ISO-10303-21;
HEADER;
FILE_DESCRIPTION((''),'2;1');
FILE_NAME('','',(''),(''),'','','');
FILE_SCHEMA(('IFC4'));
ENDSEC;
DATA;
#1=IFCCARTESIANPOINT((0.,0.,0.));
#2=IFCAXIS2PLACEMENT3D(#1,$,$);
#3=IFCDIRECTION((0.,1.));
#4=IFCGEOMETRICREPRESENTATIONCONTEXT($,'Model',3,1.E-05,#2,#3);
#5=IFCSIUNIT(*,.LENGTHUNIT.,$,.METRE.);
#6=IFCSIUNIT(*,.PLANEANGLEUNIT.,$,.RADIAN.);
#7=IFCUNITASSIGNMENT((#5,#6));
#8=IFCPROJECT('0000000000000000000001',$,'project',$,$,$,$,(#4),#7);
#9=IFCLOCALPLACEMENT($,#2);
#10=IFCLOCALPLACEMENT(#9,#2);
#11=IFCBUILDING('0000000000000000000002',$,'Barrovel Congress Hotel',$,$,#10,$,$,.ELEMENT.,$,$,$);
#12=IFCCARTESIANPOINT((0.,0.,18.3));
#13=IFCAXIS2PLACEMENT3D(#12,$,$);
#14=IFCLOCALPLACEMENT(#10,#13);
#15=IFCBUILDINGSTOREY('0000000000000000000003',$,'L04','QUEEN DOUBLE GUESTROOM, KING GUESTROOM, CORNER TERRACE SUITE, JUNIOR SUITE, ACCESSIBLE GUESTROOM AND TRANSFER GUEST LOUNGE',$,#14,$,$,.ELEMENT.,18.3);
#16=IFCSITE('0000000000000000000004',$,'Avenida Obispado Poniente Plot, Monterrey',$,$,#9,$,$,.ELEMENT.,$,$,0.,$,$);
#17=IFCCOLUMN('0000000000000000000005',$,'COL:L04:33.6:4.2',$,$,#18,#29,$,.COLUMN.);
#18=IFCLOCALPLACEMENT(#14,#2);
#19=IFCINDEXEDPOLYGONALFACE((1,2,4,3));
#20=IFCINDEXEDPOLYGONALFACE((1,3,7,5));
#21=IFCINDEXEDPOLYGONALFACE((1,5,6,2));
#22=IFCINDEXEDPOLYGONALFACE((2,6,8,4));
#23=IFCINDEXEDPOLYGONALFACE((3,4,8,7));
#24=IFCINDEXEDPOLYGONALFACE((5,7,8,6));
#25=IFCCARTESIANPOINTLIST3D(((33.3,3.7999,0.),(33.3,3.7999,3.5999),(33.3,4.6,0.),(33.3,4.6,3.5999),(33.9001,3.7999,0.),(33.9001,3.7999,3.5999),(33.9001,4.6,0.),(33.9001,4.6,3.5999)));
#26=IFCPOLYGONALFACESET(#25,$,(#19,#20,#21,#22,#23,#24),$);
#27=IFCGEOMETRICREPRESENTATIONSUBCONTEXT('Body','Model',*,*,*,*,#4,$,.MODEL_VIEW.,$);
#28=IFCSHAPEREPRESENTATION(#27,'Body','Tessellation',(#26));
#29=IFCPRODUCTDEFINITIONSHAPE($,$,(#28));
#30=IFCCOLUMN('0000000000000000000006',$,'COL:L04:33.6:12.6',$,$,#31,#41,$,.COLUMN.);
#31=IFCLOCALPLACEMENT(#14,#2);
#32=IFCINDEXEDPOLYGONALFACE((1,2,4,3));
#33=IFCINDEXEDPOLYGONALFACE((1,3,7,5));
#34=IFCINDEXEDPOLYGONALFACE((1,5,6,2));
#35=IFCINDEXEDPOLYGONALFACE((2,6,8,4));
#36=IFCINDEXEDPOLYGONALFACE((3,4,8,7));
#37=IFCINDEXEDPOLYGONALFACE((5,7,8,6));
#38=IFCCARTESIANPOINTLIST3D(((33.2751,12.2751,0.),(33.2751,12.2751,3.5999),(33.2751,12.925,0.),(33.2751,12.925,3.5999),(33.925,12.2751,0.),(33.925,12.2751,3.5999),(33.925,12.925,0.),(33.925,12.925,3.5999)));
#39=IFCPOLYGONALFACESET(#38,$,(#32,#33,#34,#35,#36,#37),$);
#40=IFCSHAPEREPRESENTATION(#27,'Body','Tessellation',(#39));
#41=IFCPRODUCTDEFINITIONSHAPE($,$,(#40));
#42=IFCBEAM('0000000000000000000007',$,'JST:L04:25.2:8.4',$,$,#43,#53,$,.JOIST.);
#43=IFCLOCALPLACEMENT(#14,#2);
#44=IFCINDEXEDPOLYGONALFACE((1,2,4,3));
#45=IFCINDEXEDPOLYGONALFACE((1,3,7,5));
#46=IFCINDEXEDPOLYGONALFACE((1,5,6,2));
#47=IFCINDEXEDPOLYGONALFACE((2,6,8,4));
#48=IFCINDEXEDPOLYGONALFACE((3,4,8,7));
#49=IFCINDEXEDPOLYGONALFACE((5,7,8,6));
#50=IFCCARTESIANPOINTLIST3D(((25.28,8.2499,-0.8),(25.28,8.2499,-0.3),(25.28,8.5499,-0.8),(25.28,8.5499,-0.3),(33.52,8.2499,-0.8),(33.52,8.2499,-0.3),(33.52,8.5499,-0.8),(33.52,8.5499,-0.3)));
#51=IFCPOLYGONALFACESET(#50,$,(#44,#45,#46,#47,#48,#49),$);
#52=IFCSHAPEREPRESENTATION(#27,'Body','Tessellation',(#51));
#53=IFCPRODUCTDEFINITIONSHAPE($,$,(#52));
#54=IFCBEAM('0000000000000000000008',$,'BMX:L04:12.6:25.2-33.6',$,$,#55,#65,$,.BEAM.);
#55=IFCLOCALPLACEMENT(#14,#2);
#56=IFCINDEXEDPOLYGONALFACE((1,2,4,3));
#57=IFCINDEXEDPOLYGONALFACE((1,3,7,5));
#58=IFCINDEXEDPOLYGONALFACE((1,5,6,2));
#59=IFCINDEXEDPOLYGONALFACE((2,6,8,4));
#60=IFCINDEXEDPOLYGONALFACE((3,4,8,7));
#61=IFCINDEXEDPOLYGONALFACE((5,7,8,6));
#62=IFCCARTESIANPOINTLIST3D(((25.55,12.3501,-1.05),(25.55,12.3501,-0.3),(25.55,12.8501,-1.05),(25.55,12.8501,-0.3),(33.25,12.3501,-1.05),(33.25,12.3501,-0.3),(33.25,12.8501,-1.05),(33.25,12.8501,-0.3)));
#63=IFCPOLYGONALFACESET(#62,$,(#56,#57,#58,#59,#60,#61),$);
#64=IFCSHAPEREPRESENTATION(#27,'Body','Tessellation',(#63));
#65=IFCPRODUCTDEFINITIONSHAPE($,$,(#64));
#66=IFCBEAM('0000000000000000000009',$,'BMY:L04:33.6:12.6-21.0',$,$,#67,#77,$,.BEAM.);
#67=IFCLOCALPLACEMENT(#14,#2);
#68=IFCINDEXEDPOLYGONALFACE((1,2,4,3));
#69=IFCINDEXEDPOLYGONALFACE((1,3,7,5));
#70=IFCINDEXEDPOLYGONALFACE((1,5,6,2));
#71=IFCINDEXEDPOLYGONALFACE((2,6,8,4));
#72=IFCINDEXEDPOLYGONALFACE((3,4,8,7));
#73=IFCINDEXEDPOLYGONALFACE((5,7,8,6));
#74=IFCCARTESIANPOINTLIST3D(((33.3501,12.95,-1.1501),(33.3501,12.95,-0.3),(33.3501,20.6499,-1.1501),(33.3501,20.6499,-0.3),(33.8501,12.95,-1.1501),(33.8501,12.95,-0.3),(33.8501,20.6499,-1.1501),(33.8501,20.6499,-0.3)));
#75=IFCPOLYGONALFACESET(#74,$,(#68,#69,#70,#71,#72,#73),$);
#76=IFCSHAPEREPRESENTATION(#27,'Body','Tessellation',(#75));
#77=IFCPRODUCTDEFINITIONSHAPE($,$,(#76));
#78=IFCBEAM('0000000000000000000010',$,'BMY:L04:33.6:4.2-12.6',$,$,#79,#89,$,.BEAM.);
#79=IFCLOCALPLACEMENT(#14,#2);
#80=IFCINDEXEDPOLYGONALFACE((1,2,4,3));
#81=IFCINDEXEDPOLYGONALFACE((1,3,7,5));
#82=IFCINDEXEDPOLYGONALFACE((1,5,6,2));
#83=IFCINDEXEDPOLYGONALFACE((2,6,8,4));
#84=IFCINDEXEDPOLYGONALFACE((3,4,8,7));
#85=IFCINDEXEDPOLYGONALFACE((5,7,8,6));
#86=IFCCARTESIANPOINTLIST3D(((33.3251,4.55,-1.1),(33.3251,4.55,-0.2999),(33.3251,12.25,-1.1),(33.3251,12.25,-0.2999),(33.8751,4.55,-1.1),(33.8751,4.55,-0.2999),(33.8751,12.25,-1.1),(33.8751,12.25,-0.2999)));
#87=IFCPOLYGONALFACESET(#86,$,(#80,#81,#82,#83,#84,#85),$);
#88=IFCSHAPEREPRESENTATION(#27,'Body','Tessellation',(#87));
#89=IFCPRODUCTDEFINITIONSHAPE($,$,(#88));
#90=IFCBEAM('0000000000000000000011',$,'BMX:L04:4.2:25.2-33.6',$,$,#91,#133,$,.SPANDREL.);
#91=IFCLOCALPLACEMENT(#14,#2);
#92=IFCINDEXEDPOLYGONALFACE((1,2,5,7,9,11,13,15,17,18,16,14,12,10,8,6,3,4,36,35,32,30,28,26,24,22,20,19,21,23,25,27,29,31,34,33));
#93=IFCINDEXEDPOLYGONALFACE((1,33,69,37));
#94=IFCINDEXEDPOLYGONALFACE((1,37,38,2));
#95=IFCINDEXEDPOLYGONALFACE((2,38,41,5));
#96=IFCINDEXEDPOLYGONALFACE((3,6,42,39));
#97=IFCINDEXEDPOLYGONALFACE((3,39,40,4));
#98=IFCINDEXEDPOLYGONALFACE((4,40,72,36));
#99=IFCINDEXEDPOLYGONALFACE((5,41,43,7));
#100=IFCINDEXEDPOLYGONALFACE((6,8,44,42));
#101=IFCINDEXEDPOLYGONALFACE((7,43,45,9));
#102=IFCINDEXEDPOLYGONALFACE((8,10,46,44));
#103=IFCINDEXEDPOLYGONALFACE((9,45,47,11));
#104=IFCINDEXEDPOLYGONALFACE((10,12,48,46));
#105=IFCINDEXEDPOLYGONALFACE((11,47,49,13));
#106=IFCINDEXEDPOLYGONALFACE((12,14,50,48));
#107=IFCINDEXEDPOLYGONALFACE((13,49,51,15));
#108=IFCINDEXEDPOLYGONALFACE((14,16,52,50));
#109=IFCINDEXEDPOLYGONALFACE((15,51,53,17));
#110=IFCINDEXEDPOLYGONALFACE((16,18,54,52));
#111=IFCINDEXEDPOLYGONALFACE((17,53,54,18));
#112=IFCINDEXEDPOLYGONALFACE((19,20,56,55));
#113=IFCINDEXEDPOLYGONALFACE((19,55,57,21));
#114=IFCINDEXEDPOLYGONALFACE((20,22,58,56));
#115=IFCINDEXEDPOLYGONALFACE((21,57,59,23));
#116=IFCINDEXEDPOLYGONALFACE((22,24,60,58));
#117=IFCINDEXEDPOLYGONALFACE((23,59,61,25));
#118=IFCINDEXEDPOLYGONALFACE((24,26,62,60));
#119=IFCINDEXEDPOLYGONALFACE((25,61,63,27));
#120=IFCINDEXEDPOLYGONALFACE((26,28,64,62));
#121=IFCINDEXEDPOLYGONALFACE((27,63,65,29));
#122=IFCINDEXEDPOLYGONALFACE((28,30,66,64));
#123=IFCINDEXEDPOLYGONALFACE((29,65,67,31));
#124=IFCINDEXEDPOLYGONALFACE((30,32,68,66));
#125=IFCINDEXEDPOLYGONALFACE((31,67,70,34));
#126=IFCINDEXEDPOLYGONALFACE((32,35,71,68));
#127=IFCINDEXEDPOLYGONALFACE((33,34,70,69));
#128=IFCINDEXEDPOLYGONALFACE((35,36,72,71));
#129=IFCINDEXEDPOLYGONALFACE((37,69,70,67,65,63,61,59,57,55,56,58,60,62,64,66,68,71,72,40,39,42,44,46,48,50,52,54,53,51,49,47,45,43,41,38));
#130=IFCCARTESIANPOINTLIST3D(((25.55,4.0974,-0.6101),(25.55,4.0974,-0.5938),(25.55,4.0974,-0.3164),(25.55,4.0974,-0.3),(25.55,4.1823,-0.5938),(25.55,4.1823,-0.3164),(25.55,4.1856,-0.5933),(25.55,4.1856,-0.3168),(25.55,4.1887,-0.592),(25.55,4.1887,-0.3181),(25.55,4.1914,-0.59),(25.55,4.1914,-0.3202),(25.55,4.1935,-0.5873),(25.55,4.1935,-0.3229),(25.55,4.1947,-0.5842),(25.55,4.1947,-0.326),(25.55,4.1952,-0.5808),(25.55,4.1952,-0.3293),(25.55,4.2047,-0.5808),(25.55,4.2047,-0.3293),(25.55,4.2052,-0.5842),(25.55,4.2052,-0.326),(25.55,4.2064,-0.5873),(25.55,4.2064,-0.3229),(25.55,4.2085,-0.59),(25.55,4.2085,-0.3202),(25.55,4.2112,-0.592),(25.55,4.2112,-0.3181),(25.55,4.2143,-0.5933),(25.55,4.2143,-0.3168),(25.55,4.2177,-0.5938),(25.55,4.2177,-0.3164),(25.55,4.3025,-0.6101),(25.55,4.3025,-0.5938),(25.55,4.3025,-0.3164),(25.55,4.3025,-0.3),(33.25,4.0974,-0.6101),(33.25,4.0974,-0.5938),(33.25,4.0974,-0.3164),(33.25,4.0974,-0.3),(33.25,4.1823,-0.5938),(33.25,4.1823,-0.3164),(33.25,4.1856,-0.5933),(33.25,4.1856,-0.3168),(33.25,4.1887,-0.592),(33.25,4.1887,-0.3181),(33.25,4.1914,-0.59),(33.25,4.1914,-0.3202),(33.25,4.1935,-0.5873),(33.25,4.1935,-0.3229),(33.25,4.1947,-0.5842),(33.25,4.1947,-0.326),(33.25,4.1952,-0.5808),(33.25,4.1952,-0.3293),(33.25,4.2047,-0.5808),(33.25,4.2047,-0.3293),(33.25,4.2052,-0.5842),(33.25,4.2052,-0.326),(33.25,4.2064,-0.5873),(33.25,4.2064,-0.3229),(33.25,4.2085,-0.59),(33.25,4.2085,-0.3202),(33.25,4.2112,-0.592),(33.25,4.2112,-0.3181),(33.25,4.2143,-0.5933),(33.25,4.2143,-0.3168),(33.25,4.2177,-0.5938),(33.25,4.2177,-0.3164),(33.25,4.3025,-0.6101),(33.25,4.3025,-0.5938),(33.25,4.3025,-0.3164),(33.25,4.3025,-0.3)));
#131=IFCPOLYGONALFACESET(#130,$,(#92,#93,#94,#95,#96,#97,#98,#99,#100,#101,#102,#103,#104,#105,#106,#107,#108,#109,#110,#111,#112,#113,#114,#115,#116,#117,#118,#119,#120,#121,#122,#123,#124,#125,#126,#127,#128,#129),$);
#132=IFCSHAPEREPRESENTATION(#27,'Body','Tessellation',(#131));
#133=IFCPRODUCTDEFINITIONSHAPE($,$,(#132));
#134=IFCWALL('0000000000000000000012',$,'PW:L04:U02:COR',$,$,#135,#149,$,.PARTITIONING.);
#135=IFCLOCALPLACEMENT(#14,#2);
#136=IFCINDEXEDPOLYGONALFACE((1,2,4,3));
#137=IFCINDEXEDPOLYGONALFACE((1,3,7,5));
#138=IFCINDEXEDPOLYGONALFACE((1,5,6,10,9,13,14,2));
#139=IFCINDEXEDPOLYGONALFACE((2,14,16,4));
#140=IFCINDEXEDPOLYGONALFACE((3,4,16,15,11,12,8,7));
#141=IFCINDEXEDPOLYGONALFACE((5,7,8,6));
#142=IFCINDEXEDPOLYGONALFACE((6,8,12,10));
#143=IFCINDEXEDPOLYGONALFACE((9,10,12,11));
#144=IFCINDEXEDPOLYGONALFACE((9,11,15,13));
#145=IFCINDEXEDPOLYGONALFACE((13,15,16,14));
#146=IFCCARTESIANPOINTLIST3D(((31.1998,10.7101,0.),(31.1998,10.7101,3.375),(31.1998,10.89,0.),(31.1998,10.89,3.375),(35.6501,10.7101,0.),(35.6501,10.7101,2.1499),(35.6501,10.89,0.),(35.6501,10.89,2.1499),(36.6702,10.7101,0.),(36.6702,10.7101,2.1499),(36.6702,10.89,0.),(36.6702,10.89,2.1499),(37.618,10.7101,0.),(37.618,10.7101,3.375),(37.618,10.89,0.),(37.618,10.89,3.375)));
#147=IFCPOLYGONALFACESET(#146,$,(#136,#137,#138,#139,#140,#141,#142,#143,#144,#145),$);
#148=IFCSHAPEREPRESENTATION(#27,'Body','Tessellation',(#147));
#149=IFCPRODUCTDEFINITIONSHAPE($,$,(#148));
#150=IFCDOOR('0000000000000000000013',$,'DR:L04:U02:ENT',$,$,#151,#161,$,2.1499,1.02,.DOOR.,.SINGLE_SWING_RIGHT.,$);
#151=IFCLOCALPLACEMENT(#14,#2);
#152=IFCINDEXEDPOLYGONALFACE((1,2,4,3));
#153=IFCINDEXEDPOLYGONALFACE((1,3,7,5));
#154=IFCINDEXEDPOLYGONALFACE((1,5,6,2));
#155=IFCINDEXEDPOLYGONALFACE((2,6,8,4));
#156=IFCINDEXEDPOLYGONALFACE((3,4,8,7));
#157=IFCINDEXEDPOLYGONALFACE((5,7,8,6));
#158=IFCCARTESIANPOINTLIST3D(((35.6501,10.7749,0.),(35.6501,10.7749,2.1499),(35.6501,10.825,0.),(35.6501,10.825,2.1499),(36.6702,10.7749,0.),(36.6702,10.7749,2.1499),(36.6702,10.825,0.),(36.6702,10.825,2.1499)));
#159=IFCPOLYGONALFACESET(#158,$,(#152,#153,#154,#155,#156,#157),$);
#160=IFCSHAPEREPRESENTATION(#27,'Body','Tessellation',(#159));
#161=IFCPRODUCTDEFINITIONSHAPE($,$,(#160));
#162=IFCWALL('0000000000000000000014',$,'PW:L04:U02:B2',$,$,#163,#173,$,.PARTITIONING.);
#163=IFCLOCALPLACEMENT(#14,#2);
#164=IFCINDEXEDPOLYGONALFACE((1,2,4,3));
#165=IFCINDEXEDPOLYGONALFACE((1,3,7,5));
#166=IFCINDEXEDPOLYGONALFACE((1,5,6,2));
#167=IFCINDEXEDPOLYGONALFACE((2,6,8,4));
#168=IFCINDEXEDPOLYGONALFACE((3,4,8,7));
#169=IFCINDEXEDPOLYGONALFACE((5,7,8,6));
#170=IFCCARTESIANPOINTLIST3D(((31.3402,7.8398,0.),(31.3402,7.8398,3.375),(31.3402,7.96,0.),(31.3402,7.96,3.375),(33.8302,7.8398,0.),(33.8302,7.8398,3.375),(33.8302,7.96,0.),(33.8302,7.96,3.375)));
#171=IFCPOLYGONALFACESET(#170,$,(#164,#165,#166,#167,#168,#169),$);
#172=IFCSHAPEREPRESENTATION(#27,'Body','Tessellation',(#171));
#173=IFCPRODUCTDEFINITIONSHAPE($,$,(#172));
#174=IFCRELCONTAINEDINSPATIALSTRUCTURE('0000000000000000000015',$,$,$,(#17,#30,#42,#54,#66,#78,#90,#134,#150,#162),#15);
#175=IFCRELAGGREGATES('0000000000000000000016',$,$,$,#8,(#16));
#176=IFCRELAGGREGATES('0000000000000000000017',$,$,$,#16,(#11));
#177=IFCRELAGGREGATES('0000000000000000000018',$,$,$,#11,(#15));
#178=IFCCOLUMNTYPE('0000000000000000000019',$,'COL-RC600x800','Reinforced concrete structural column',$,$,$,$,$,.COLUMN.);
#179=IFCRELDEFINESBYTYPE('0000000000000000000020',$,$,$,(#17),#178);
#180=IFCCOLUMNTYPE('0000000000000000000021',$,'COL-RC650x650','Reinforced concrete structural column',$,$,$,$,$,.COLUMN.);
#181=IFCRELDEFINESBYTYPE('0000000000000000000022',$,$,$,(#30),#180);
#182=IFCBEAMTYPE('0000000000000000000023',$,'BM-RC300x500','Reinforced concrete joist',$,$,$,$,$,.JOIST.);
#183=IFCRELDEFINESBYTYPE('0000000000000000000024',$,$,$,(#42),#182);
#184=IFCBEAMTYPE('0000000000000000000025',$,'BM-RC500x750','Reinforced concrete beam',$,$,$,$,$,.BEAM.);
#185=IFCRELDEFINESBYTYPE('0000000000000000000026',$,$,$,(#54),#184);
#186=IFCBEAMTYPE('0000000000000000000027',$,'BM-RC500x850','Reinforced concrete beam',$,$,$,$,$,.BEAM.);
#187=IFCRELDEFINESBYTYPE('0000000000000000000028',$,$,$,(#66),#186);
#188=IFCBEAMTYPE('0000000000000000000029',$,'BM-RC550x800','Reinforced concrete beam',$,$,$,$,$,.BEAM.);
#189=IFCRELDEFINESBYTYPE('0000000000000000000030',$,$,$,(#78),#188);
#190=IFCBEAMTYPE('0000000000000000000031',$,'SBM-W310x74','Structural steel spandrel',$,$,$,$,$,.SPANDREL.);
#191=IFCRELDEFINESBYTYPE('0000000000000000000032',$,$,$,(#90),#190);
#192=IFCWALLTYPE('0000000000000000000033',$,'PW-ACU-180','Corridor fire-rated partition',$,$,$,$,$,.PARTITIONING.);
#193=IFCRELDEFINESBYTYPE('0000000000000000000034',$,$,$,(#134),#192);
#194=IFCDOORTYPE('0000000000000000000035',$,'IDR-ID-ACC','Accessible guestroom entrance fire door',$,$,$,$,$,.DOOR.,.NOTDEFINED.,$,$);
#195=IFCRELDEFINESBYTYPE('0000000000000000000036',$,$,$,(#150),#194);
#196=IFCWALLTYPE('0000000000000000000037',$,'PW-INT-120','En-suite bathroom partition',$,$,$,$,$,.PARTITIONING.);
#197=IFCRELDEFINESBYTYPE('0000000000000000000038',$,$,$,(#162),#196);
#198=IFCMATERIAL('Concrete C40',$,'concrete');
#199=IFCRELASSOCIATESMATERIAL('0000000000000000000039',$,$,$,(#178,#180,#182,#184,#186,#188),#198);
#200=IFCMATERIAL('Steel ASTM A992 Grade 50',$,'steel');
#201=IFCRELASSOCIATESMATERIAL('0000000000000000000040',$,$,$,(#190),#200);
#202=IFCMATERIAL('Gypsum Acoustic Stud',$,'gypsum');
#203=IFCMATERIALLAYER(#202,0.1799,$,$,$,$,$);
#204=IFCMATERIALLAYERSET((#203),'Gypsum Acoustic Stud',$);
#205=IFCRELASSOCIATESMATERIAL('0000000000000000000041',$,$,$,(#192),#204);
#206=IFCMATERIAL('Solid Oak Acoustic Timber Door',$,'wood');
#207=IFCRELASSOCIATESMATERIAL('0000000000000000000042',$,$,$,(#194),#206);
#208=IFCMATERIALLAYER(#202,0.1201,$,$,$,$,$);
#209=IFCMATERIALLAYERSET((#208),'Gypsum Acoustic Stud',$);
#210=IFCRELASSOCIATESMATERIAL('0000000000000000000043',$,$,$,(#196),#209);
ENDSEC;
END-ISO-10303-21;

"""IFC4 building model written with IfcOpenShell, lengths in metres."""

from ifc_helpers import new_model, si_unit, direction, frame, frame_2d, origin, origin_2d, place, context, subcontext, project, spatial, rectangle, i_section, extrude, material, layer, layer_set, material_profile, profile_set, type_object, element, fill, save


model = new_model("IFC4")

# Units and contexts
model_context = context("Model", 3, precision=1e-05, world=origin(), true_north=direction((0.0, 1.0)))
body_context = subcontext(model_context, "Body", "Model", "MODEL_VIEW")
ifc_project = project(units=[si_unit("LENGTHUNIT", "METRE"), si_unit("PLANEANGLEUNIT", "RADIAN")], contexts=[model_context])

# Site, building, storey
site_placement = place(None, origin())
site = spatial("IfcSite", under=ifc_project, at=site_placement, Name="Avenida Obispado Poniente Plot, Monterrey", CompositionType="ELEMENT", RefElevation=0.0)
building_placement = place(site_placement, origin())
building = spatial("IfcBuilding", under=site, at=building_placement, Name="Barrovel Congress Hotel", CompositionType="ELEMENT")
storey_placement = place(building_placement, frame((0.0, 0.0, 18.3)))
storey = spatial("IfcBuildingStorey", under=building, at=storey_placement, Name="L04", Description="QUEEN DOUBLE GUESTROOM, KING GUESTROOM, CORNER TERRACE SUITE, JUNIOR SUITE, ACCESSIBLE GUESTROOM AND TRANSFER GUEST LOUNGE", CompositionType="ELEMENT", Elevation=18.3)

# Columns
ifc_material_1 = material(Name="Concrete C40", Category="concrete")
ifc_material_profile_1 = material_profile(ifc_material_1, rectangle(XDim=0.6001, YDim=0.8, at=origin_2d()), Name="RC600x800")
ifc_profile_set_1 = profile_set([ifc_material_profile_1], Name="Concrete C40")
column_type_1 = type_object("IfcColumnType", Name="COL-RC600x800", Description="Reinforced concrete structural column", PredefinedType="COLUMN", material=ifc_profile_set_1)
column_1_placement = place(storey_placement, frame((33.6001, 4.2, 0.0), z_axis=(0.0, 0.0, 1.0), x_axis=(1.0, 0.0, 0.0)))
element("IfcColumn", 1, at=column_1_placement, inside=storey, type_object=column_type_1, Name="COL:L04:33.6:4.2", PredefinedType="COLUMN", context=body_context, shape_type="SweptSolid", body=[
    extrude(rectangle(XDim=0.6001, YDim=0.8, at=origin_2d()), origin(), (0.0, 0.0, 1.0), 3.5999),
])
ifc_material_profile_2 = material_profile(ifc_material_1, rectangle(XDim=0.6499, YDim=0.6499, at=origin_2d()), Name="RC650x650")
ifc_profile_set_2 = profile_set([ifc_material_profile_2], Name="Concrete C40")
column_type_2 = type_object("IfcColumnType", Name="COL-RC650x650", Description="Reinforced concrete structural column", PredefinedType="COLUMN", material=ifc_profile_set_2)
column_2_placement = place(storey_placement, frame((33.6001, 12.6001, 0.0), z_axis=(0.0, 0.0, 1.0), x_axis=(1.0, 0.0, 0.0)))
element("IfcColumn", 2, at=column_2_placement, inside=storey, type_object=column_type_2, Name="COL:L04:33.6:12.6", PredefinedType="COLUMN", context=body_context, shape_type="SweptSolid", body=[
    extrude(rectangle(XDim=0.6499, YDim=0.6499, at=origin_2d()), origin(), (0.0, 0.0, 1.0), 3.5999),
])

# Beams
ifc_material_profile_3 = material_profile(ifc_material_1, rectangle(XDim=0.3, YDim=0.5, at=origin_2d()), Name="RC300x500")
ifc_profile_set_3 = profile_set([ifc_material_profile_3], Name="Concrete C40")
beam_type_1 = type_object("IfcBeamType", Name="BM-RC300x500", Description="Reinforced concrete joist", PredefinedType="JOIST", material=ifc_profile_set_3)
beam_1_placement = place(storey_placement, frame((25.28, 8.3999, -0.55), z_axis=(1.0, 0.0, 0.0), x_axis=(0.0, 1.0, 0.0)))
element("IfcBeam", 3, at=beam_1_placement, inside=storey, type_object=beam_type_1, Name="JST:L04:25.2:8.4", PredefinedType="JOIST", context=body_context, shape_type="SweptSolid", body=[
    extrude(rectangle(XDim=0.3, YDim=0.5, at=origin_2d()), origin(), (0.0, 0.0, 1.0), 8.24),
])
ifc_material_profile_4 = material_profile(ifc_material_1, rectangle(XDim=0.5, YDim=0.75, at=origin_2d()), Name="RC500x750")
ifc_profile_set_4 = profile_set([ifc_material_profile_4], Name="Concrete C40")
beam_type_2 = type_object("IfcBeamType", Name="BM-RC500x750", Description="Reinforced concrete beam", PredefinedType="BEAM", material=ifc_profile_set_4)
beam_2_placement = place(storey_placement, frame((25.55, 12.6001, -0.675), z_axis=(1.0, 0.0, 0.0), x_axis=(0.0, 1.0, 0.0)))
element("IfcBeam", 4, at=beam_2_placement, inside=storey, type_object=beam_type_2, Name="BMX:L04:12.6:25.2-33.6", PredefinedType="BEAM", context=body_context, shape_type="SweptSolid", body=[
    extrude(rectangle(XDim=0.5, YDim=0.75, at=origin_2d()), origin(), (0.0, 0.0, 1.0), 7.7),
])
ifc_material_profile_5 = material_profile(ifc_material_1, rectangle(XDim=0.5, YDim=0.8501, at=origin_2d()), Name="RC500x850")
ifc_profile_set_5 = profile_set([ifc_material_profile_5], Name="Concrete C40")
beam_type_3 = type_object("IfcBeamType", Name="BM-RC500x850", Description="Reinforced concrete beam", PredefinedType="BEAM", material=ifc_profile_set_5)
beam_3_placement = place(storey_placement, frame((33.6001, 12.95, -0.7251), z_axis=(0.0, 1.0, 0.0), x_axis=(-1.0, 0.0, 0.0)))
element("IfcBeam", 5, at=beam_3_placement, inside=storey, type_object=beam_type_3, Name="BMY:L04:33.6:12.6-21.0", PredefinedType="BEAM", context=body_context, shape_type="SweptSolid", body=[
    extrude(rectangle(XDim=0.5, YDim=0.8501, at=origin_2d()), origin(), (0.0, 0.0, 1.0), 7.7),
])
ifc_material_profile_6 = material_profile(ifc_material_1, rectangle(XDim=0.55, YDim=0.8, at=origin_2d()), Name="RC550x800")
ifc_profile_set_6 = profile_set([ifc_material_profile_6], Name="Concrete C40")
beam_type_4 = type_object("IfcBeamType", Name="BM-RC550x800", Description="Reinforced concrete beam", PredefinedType="BEAM", material=ifc_profile_set_6)
beam_4_placement = place(storey_placement, frame((33.6001, 4.55, -0.7), z_axis=(0.0, 1.0, 0.0), x_axis=(-1.0, 0.0, 0.0)))
element("IfcBeam", 6, at=beam_4_placement, inside=storey, type_object=beam_type_4, Name="BMY:L04:33.6:4.2-12.6", PredefinedType="BEAM", context=body_context, shape_type="SweptSolid", body=[
    extrude(rectangle(XDim=0.55, YDim=0.8, at=origin_2d()), origin(), (0.0, 0.0, 1.0), 7.7),
])
ifc_material_2 = material(Name="Steel ASTM A992 Grade 50", Category="steel")
ifc_material_profile_7 = material_profile(ifc_material_2, i_section(OverallWidth=0.2051, OverallDepth=0.3101, WebThickness=0.0095, FlangeThickness=0.0164, FilletRadius=0.0129, at=origin_2d()), Name="W310x74")
ifc_profile_set_7 = profile_set([ifc_material_profile_7], Name="Steel ASTM A992 Grade 50")
beam_type_5 = type_object("IfcBeamType", Name="SBM-W310x74", Description="Structural steel spandrel", PredefinedType="SPANDREL", material=ifc_profile_set_7)
beam_5_placement = place(storey_placement, frame((25.55, 4.2, -0.4551), z_axis=(1.0, 0.0, 0.0), x_axis=(0.0, 1.0, 0.0)))
element("IfcBeam", 7, at=beam_5_placement, inside=storey, type_object=beam_type_5, Name="BMX:L04:4.2:25.2-33.6", PredefinedType="SPANDREL", context=body_context, shape_type="SweptSolid", body=[
    extrude(i_section(OverallWidth=0.2051, OverallDepth=0.3101, WebThickness=0.0095, FlangeThickness=0.0164, FilletRadius=0.0129, at=origin_2d()), origin(), (0.0, 0.0, 1.0), 7.7),
])

# Wall, opening, door
ifc_material_3 = material(Name="Gypsum Acoustic Stud", Category="gypsum")
ifc_layer_1 = layer(ifc_material_3, 0.1799)
ifc_layer_set_1 = layer_set([ifc_layer_1], Name="Gypsum Acoustic Stud")
wall_type_1 = type_object("IfcWallType", Name="PW-ACU-180", Description="Corridor fire-rated partition", PredefinedType="PARTITIONING", material=ifc_layer_set_1)
wall_1_placement = place(storey_placement, frame((31.2, 10.8, 0.0), z_axis=(0.0, 0.0, 1.0), x_axis=(1.0, 0.0, 0.0)))
wall_1 = element("IfcWall", 8, at=wall_1_placement, inside=storey, type_object=wall_type_1, Name="PW:L04:U02:COR", PredefinedType="PARTITIONING", context=body_context, shape_type="SweptSolid", body=[
    extrude(rectangle(XDim=6.4182, YDim=0.1799, at=frame_2d((3.209, 0.0))), origin(), (0.0, 0.0, 1.0), 3.375),
])
opening_1_placement = place(wall_1_placement, frame((4.4502, 0.0, 0.0)))
opening_1 = element("IfcOpeningElement", 9, at=opening_1_placement, cuts=wall_1, PredefinedType="OPENING", context=body_context, shape_type="SweptSolid", body=[
    extrude(rectangle(XDim=1.02, YDim=2.1499, at=frame_2d((0.51, 1.075))), frame((0.0, 0.1001, 0.0), z_axis=(0.0, -1.0, 0.0), x_axis=(1.0, 0.0, 0.0)), (0.0, 0.0, 1.0), 0.2),
])
ifc_material_4 = material(Name="Solid Oak Acoustic Timber Door", Category="wood")
door_type_1 = type_object("IfcDoorType", Name="IDR-ID-ACC", Description="Accessible guestroom entrance fire door", OperationType="NOTDEFINED", PredefinedType="DOOR", material=ifc_material_4)
door_1_placement = place(opening_1_placement, origin())
door_1 = element("IfcDoor", 10, at=door_1_placement, inside=storey, type_object=door_type_1, Name="DR:L04:U02:ENT", OperationType="SINGLE_SWING_RIGHT", OverallHeight=2.1499, OverallWidth=1.02, PredefinedType="DOOR", context=body_context, shape_type="SweptSolid", body=[
    extrude(rectangle(XDim=1.02, YDim=2.1499, at=frame_2d((0.51, 1.075))), frame((0.0, 0.0249, 0.0), z_axis=(0.0, -1.0, 0.0), x_axis=(1.0, 0.0, 0.0)), (0.0, 0.0, 1.0), 0.05),
])
fill(opening_1, door_1)

# Wall
ifc_layer_2 = layer(ifc_material_3, 0.1201)
ifc_layer_set_2 = layer_set([ifc_layer_2], Name="Gypsum Acoustic Stud")
wall_type_2 = type_object("IfcWallType", Name="PW-INT-120", Description="En-suite bathroom partition", PredefinedType="PARTITIONING", material=ifc_layer_set_2)
wall_2_placement = place(storey_placement, frame((31.3401, 7.8999, 0.0), z_axis=(0.0, 0.0, 1.0), x_axis=(1.0, 0.0, 0.0)))
element("IfcWall", 11, at=wall_2_placement, inside=storey, type_object=wall_type_2, Name="PW:L04:U02:B2", PredefinedType="PARTITIONING", context=body_context, shape_type="SweptSolid", body=[
    extrude(rectangle(XDim=2.49, YDim=0.1201, at=frame_2d((1.2451, 0.0))), origin(), (0.0, 0.0, 1.0), 3.375),
])

save(model, "model.ifc")
